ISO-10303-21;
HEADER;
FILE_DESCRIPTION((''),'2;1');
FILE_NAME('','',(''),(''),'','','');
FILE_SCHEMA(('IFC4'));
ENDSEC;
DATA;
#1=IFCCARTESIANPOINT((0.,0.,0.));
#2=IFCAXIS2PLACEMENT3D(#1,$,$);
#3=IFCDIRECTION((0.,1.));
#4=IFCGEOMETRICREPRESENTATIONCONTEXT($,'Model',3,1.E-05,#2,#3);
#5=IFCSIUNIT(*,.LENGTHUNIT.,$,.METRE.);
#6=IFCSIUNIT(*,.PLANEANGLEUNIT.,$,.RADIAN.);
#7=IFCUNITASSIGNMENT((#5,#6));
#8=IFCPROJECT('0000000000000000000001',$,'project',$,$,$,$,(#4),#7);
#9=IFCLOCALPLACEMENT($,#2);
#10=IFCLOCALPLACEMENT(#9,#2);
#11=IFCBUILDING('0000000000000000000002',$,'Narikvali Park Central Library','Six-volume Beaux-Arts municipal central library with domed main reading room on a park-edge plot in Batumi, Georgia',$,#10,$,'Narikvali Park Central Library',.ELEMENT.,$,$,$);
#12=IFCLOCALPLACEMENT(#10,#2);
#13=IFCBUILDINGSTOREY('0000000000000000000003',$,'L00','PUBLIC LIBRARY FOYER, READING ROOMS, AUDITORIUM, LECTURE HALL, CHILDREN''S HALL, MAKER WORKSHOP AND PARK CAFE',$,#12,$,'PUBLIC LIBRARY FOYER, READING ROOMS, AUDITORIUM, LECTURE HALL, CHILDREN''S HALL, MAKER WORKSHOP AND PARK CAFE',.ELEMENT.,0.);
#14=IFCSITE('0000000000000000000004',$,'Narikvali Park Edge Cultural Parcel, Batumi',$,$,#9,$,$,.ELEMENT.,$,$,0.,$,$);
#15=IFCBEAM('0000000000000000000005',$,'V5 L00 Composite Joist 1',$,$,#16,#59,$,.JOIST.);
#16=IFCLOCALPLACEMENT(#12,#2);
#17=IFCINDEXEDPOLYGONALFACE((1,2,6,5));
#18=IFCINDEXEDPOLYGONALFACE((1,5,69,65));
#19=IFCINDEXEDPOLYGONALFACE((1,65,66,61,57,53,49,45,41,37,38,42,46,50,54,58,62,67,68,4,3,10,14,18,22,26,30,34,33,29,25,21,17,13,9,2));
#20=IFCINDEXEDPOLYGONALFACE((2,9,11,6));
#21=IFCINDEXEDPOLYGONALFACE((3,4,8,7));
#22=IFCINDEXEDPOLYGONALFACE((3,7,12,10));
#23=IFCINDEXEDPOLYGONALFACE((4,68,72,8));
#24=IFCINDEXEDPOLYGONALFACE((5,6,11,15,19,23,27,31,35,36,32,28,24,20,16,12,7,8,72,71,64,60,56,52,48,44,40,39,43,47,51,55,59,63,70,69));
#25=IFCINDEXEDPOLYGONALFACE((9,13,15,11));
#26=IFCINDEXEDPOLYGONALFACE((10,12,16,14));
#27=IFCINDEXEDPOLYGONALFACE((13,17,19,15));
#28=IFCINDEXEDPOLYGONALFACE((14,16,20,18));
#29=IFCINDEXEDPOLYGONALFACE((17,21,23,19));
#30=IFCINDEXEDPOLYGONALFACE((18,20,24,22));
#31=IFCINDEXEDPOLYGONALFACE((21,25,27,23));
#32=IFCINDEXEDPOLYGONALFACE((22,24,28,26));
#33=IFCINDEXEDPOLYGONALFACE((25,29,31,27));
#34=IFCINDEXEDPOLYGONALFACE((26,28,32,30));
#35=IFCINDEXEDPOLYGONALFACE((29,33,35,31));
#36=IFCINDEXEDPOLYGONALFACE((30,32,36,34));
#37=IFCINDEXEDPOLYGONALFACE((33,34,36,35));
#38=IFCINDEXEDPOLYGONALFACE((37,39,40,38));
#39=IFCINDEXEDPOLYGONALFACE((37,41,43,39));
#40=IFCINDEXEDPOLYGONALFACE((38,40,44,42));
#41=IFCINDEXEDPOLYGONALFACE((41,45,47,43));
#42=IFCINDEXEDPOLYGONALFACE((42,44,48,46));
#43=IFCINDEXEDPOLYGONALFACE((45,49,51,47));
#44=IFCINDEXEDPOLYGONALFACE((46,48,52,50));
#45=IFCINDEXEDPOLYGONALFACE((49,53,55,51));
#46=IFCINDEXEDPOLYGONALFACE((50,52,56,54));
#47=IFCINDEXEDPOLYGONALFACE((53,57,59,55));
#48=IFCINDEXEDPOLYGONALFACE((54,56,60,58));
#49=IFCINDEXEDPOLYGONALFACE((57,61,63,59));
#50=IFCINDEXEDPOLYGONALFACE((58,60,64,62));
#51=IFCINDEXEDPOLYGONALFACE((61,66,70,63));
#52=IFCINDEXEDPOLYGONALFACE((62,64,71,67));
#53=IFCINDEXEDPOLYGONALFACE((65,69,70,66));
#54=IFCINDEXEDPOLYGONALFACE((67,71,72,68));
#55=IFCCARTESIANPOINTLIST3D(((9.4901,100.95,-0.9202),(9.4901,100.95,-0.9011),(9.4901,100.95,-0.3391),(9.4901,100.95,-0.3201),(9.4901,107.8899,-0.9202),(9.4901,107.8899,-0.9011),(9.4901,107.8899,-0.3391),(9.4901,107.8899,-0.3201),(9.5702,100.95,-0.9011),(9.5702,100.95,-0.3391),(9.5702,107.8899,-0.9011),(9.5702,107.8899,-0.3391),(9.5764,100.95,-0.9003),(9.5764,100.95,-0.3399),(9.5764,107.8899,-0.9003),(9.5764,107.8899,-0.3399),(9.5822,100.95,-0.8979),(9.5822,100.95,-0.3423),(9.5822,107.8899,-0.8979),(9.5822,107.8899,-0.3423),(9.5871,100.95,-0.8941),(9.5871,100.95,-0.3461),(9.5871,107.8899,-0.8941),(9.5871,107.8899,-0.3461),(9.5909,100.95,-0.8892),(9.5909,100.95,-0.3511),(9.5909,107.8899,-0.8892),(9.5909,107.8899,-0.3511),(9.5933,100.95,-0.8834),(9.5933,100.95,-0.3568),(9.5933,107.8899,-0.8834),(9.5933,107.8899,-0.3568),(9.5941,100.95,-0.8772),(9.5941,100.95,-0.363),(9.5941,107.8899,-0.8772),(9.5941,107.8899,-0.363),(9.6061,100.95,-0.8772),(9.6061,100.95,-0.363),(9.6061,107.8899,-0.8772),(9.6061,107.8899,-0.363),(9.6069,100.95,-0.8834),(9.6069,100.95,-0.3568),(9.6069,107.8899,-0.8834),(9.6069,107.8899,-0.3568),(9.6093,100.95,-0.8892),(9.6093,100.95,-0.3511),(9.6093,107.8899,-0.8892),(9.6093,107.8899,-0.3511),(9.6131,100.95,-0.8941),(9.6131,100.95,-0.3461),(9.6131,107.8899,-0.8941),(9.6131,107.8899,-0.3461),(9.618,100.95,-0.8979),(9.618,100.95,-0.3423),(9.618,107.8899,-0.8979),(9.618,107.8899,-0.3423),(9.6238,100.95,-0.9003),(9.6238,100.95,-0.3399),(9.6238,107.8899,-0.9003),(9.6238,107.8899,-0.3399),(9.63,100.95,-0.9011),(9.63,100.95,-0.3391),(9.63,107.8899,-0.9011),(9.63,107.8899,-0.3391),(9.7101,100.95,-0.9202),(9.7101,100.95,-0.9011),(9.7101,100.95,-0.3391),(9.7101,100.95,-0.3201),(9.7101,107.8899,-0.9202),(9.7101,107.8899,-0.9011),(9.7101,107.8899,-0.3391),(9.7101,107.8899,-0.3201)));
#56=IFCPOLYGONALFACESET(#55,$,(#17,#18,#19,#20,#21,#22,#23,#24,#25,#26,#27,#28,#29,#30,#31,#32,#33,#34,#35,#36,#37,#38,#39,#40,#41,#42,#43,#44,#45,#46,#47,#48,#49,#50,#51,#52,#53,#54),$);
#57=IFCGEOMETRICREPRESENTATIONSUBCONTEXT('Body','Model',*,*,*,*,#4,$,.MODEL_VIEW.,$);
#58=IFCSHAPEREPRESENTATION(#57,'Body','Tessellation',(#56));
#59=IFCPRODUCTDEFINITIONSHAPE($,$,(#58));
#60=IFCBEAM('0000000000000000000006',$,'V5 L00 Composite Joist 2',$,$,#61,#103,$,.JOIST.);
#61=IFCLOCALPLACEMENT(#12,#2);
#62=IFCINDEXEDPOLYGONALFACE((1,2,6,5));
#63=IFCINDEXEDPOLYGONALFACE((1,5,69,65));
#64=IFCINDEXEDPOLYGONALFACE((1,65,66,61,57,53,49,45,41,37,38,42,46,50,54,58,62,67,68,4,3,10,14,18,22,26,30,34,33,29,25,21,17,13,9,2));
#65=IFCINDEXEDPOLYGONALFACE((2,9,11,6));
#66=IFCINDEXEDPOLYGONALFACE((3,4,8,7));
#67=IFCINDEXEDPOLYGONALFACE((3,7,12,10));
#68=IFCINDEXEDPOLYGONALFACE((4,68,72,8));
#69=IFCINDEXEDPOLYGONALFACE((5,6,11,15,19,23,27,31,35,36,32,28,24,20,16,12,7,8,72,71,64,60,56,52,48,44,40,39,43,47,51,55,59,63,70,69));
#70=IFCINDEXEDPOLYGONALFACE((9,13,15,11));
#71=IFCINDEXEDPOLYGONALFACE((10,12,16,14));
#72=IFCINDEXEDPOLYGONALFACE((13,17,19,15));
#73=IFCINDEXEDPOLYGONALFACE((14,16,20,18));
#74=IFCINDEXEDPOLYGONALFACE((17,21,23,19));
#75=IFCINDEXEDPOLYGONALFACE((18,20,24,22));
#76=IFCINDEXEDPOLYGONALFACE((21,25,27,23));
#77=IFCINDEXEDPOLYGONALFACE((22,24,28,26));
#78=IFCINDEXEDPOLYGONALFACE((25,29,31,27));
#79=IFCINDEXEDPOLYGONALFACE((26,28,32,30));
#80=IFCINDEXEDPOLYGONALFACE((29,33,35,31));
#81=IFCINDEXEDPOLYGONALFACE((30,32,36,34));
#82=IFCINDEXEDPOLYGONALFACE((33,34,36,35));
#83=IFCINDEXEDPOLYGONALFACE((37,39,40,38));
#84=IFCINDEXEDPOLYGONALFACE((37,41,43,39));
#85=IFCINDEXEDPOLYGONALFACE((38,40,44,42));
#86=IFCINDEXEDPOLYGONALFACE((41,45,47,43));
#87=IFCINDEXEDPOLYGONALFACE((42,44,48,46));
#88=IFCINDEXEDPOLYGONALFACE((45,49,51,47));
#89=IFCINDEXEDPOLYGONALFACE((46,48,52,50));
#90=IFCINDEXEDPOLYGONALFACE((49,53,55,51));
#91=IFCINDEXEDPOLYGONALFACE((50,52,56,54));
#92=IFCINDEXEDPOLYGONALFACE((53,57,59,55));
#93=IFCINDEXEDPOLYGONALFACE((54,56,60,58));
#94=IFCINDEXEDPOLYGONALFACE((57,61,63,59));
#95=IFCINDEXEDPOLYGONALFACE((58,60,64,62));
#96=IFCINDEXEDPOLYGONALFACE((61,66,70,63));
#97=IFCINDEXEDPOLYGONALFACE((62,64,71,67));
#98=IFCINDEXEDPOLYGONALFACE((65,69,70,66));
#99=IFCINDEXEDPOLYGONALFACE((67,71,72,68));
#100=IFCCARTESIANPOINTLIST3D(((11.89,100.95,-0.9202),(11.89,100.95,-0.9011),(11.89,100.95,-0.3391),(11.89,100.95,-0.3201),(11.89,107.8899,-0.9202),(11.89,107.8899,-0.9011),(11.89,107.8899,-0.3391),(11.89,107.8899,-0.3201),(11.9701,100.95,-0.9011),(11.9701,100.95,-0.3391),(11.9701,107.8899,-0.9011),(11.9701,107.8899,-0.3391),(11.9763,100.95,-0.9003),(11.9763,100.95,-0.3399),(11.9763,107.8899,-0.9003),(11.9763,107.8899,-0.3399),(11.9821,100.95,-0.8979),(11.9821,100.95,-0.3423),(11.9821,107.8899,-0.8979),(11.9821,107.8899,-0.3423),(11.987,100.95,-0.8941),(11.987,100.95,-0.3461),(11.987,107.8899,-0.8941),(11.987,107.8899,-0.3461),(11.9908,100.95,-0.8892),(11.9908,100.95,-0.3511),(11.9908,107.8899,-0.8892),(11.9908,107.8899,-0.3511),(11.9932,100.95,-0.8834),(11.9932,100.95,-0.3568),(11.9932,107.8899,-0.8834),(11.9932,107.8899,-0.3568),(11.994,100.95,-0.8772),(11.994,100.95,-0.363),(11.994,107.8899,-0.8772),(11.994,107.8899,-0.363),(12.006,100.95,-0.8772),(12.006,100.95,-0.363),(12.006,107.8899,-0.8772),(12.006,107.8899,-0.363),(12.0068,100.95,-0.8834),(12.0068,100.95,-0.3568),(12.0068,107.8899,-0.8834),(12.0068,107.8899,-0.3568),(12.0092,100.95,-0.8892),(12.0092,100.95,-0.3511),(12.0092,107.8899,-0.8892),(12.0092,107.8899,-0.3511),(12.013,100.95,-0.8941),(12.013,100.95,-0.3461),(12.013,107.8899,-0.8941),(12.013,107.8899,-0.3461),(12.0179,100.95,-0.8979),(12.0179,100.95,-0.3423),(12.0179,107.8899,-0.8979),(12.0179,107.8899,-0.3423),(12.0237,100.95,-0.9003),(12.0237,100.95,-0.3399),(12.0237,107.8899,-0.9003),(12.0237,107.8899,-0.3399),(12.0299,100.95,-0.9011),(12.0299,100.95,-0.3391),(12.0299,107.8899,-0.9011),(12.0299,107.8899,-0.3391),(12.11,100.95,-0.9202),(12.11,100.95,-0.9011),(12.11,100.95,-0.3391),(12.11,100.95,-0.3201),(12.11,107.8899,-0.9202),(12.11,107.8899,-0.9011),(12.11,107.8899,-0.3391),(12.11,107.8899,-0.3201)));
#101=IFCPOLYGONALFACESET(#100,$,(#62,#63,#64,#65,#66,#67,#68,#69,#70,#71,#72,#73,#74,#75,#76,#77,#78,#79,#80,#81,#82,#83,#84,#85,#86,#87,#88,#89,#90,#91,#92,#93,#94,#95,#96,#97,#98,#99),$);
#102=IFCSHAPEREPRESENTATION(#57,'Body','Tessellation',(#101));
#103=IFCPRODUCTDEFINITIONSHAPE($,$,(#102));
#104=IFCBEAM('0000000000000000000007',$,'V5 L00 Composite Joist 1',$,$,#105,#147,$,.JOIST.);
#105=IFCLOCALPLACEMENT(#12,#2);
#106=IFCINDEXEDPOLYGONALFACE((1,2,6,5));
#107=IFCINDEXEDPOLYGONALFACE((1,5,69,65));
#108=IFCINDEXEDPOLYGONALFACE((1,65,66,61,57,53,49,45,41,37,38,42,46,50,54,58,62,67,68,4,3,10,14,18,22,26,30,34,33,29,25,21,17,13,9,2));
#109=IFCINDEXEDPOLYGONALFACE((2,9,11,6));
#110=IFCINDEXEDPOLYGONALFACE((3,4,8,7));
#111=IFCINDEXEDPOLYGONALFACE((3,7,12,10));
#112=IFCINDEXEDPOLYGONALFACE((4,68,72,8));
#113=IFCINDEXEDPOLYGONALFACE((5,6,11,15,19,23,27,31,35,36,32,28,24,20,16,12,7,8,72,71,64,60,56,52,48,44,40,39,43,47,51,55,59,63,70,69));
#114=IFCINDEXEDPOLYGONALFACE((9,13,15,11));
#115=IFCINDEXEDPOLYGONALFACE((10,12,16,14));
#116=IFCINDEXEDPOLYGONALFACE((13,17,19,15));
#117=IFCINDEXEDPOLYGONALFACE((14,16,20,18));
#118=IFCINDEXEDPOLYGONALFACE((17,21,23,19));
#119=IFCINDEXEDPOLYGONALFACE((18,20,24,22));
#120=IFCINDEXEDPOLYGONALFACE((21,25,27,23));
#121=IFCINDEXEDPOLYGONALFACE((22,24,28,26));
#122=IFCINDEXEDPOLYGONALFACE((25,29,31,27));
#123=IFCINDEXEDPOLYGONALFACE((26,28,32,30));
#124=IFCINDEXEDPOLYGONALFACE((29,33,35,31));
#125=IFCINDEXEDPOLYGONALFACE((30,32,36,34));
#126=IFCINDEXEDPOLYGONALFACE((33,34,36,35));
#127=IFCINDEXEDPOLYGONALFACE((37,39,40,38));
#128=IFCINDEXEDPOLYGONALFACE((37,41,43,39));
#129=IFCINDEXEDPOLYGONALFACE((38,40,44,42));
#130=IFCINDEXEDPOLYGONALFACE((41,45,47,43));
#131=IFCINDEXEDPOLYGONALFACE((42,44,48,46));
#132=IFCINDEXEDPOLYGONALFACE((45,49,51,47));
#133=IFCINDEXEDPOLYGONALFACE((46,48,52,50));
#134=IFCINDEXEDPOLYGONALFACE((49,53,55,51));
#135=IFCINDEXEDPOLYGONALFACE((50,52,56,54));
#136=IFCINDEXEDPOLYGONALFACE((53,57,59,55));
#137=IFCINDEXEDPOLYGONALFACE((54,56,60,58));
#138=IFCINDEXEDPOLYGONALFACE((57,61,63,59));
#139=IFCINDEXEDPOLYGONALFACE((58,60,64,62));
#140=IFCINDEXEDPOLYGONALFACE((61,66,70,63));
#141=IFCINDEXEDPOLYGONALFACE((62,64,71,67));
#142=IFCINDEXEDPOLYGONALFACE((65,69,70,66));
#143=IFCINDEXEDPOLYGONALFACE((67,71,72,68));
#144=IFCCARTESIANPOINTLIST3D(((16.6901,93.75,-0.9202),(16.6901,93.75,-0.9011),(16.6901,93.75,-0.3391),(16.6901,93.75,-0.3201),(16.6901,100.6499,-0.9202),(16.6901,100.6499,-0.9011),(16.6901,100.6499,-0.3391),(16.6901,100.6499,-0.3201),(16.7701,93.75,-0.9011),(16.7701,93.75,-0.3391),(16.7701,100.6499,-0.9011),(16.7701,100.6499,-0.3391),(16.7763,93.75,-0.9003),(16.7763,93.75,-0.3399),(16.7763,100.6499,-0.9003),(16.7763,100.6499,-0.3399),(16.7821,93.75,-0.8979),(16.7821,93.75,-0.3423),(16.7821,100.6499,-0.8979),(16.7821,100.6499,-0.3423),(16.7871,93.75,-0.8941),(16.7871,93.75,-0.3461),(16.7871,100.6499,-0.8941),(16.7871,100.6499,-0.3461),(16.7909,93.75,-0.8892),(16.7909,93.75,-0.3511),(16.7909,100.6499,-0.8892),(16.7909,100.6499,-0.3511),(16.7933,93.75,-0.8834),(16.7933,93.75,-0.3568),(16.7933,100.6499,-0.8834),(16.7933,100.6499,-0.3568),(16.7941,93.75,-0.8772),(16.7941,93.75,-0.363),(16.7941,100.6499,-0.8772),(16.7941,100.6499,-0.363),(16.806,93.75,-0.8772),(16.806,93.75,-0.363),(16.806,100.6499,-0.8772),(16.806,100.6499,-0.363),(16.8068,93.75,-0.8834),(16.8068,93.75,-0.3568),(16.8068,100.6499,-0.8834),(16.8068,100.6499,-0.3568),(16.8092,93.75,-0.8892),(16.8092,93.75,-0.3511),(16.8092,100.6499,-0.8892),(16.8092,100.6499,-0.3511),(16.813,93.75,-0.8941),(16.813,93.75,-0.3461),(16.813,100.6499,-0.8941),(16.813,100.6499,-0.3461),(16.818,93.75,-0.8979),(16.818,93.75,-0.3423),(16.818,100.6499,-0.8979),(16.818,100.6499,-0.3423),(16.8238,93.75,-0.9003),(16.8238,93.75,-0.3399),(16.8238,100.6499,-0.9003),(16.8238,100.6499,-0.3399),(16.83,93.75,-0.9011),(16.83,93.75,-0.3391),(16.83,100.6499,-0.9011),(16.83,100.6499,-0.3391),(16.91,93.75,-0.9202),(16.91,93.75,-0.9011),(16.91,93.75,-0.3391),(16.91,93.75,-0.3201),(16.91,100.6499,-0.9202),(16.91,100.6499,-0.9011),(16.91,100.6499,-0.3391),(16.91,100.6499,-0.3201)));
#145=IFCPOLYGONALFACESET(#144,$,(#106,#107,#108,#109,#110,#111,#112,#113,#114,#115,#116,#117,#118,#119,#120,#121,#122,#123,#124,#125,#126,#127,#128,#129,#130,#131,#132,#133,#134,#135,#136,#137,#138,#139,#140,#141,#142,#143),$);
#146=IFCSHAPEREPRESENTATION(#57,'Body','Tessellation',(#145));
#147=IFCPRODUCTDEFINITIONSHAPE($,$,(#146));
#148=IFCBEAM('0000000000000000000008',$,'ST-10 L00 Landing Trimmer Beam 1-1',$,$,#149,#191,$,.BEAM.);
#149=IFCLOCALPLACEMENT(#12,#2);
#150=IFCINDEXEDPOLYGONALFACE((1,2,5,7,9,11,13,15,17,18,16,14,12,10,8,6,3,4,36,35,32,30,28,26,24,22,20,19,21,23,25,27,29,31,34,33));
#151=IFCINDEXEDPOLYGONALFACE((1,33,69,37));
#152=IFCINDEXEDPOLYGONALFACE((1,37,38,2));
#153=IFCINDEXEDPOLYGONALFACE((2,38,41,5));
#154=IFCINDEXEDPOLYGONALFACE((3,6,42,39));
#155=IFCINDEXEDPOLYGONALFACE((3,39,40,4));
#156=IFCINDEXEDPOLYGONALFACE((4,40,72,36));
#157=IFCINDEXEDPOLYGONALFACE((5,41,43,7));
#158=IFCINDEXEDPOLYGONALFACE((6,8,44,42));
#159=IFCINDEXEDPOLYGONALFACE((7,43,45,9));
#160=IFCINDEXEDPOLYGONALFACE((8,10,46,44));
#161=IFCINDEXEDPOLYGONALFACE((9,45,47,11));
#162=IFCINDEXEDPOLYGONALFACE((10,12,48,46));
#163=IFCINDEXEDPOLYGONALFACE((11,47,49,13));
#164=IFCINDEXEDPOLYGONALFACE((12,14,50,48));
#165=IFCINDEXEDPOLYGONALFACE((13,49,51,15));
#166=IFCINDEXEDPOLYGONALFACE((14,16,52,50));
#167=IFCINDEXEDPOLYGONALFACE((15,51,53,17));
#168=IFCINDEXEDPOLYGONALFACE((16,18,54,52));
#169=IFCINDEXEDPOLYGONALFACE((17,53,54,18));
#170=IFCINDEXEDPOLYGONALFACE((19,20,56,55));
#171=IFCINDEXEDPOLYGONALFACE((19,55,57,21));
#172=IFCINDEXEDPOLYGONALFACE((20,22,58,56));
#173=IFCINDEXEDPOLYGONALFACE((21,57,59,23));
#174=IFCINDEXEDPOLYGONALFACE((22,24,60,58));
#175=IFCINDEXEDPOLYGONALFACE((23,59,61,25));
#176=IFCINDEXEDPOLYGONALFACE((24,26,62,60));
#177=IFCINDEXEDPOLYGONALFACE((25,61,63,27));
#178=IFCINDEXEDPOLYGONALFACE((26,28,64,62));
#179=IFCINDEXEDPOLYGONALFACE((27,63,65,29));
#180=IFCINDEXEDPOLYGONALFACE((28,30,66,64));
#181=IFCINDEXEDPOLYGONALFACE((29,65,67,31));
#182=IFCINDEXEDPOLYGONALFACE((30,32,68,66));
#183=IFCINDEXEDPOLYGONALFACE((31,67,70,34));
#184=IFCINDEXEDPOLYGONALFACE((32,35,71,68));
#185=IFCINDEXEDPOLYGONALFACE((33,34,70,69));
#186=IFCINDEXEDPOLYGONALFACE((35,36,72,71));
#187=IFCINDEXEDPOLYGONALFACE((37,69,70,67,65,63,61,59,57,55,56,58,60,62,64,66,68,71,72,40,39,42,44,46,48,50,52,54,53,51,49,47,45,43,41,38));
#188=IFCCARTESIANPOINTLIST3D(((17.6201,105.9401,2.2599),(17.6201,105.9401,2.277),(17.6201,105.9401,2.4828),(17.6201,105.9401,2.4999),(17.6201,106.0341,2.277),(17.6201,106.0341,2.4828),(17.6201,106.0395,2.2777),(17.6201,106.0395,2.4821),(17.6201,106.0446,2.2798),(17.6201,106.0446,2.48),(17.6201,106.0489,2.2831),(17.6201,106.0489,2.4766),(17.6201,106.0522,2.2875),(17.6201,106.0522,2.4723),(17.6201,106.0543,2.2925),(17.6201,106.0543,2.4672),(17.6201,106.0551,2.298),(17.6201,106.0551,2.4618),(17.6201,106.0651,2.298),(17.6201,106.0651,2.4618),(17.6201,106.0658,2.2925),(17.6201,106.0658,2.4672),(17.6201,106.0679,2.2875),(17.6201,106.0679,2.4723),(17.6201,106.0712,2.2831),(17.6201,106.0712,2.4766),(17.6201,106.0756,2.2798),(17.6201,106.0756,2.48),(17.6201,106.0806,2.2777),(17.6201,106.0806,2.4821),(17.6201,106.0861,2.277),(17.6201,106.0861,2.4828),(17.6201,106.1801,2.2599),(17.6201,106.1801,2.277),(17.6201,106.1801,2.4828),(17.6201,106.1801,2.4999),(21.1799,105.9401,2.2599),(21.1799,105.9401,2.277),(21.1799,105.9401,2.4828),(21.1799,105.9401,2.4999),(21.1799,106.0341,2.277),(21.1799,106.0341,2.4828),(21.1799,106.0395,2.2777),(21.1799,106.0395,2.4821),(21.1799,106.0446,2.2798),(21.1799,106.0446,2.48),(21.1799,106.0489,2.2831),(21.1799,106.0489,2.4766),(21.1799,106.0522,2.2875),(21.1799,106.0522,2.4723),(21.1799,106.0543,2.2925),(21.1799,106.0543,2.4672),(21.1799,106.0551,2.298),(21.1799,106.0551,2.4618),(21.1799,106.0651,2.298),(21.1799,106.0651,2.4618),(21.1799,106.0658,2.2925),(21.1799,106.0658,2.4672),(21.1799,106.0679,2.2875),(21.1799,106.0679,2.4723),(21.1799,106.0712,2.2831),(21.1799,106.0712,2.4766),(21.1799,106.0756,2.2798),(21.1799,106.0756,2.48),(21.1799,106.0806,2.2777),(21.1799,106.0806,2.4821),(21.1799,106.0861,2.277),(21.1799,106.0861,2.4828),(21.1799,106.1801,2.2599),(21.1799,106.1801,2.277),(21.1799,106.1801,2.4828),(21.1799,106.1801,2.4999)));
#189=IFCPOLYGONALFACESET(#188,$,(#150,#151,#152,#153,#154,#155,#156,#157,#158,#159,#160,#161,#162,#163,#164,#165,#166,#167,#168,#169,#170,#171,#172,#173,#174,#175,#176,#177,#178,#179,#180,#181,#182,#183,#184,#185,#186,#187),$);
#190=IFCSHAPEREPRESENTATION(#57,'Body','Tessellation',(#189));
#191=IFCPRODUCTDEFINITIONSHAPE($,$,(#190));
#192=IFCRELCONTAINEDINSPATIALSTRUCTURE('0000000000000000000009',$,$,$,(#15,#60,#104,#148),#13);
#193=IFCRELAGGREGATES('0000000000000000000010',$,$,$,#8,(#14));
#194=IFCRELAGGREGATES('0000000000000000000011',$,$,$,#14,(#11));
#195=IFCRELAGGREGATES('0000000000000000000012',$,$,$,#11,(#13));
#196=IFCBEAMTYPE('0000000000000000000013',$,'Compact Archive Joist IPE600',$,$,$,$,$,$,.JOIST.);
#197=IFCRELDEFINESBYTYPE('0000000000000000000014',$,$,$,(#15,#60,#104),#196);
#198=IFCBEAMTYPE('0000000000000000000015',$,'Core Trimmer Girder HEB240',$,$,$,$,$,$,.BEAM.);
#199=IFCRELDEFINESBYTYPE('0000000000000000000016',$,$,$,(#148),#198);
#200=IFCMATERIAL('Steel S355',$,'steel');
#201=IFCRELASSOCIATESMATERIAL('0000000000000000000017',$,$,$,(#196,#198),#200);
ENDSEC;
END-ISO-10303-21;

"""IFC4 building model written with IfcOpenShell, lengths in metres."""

from ifc_helpers import new_model, si_unit, direction, frame, origin, origin_2d, place, context, subcontext, project, spatial, i_section, extrude, material, material_profile, profile_set, type_object, element, save


model = new_model("IFC4")

# Units and contexts
model_context = context("Model", 3, precision=1e-05, world=origin(), true_north=direction((0.0, 1.0)))
body_context = subcontext(model_context, "Body", "Model", "MODEL_VIEW")
ifc_project = project(units=[si_unit("LENGTHUNIT", "METRE"), si_unit("PLANEANGLEUNIT", "RADIAN")], contexts=[model_context])

# Site, building, storey
site_placement = place(None, origin())
site = spatial("IfcSite", under=ifc_project, at=site_placement, Name="Narikvali Park Edge Cultural Parcel, Batumi", CompositionType="ELEMENT", RefElevation=0.0)
building_placement = place(site_placement, origin())
building = spatial("IfcBuilding", under=site, at=building_placement, Name="Narikvali Park Central Library", Description="Six-volume Beaux-Arts municipal central library with domed main reading room on a park-edge plot in Batumi, Georgia", LongName="Narikvali Park Central Library", CompositionType="ELEMENT")
storey_placement = place(building_placement, origin())
storey = spatial("IfcBuildingStorey", under=building, at=storey_placement, Name="L00", Description="PUBLIC LIBRARY FOYER, READING ROOMS, AUDITORIUM, LECTURE HALL, CHILDREN'S HALL, MAKER WORKSHOP AND PARK CAFE", LongName="PUBLIC LIBRARY FOYER, READING ROOMS, AUDITORIUM, LECTURE HALL, CHILDREN'S HALL, MAKER WORKSHOP AND PARK CAFE", CompositionType="ELEMENT", Elevation=0.0)

# Shared definitions
ifc_material_1 = material(Name="Steel S355", Category="steel")

# Beams
ifc_material_profile_1 = material_profile(ifc_material_1, i_section(OverallWidth=0.22, OverallDepth=0.6001, WebThickness=0.012, FlangeThickness=0.019, FilletRadius=0.0239, at=origin_2d()), Name="IPE 600")
ifc_profile_set_1 = profile_set([ifc_material_profile_1], Name="Steel S355")
beam_type_1 = type_object("IfcBeamType", Name="Compact Archive Joist IPE600", PredefinedType="JOIST", material=ifc_profile_set_1)
for number, where, z_axis, x_axis, name in (
    (1, (9.6001, 100.95, -0.6201), (0.0, 1.0, 0.0), (-1.0, 0.0, 0.0), "V5 L00 Composite Joist 1"),
    (2, (12.0, 100.95, -0.6201), (0.0, 1.0, 0.0), (-1.0, 0.0, 0.0), "V5 L00 Composite Joist 2"),
):
    element("IfcBeam", number, at=place(storey_placement, frame(where, z_axis=z_axis, x_axis=x_axis)), inside=storey, type_object=beam_type_1, Name=name, PredefinedType="JOIST", context=body_context, shape_type="SweptSolid", body=[
        extrude(i_section(OverallWidth=0.22, OverallDepth=0.6001, WebThickness=0.012, FlangeThickness=0.019, FilletRadius=0.0239, at=origin_2d()), origin(), (0.0, 0.0, 1.0), 6.9399),
    ])
beam_1_placement = place(storey_placement, frame((16.8, 93.75, -0.6201), z_axis=(0.0, 1.0, 0.0), x_axis=(-1.0, 0.0, 0.0)))
element("IfcBeam", 3, at=beam_1_placement, inside=storey, type_object=beam_type_1, Name="V5 L00 Composite Joist 1", PredefinedType="JOIST", context=body_context, shape_type="SweptSolid", body=[
    extrude(i_section(OverallWidth=0.22, OverallDepth=0.6001, WebThickness=0.012, FlangeThickness=0.019, FilletRadius=0.0239, at=origin_2d()), origin(), (0.0, 0.0, 1.0), 6.8999),
])
ifc_material_profile_2 = material_profile(ifc_material_1, i_section(OverallWidth=0.24, OverallDepth=0.24, WebThickness=0.01, FlangeThickness=0.0171, FilletRadius=0.021, at=origin_2d()), Name="HEB 240")
ifc_profile_set_2 = profile_set([ifc_material_profile_2], Name="Steel S355")
beam_type_2 = type_object("IfcBeamType", Name="Core Trimmer Girder HEB240", PredefinedType="BEAM", material=ifc_profile_set_2)
for number, where, z_axis, x_axis, name in (
    (4, (17.6201, 106.0601, 2.3799), (1.0, 0.0, 0.0), (0.0, 1.0, 0.0), "ST-10 L00 Landing Trimmer Beam 1-1"),
):
    element("IfcBeam", number, at=place(storey_placement, frame(where, z_axis=z_axis, x_axis=x_axis)), inside=storey, type_object=beam_type_2, Name=name, PredefinedType="BEAM", context=body_context, shape_type="SweptSolid", body=[
        extrude(i_section(OverallWidth=0.24, OverallDepth=0.24, WebThickness=0.01, FlangeThickness=0.0171, FilletRadius=0.021, at=origin_2d()), origin(), (0.0, 0.0, 1.0), 3.5598),
    ])

save(model, "model.ifc")
